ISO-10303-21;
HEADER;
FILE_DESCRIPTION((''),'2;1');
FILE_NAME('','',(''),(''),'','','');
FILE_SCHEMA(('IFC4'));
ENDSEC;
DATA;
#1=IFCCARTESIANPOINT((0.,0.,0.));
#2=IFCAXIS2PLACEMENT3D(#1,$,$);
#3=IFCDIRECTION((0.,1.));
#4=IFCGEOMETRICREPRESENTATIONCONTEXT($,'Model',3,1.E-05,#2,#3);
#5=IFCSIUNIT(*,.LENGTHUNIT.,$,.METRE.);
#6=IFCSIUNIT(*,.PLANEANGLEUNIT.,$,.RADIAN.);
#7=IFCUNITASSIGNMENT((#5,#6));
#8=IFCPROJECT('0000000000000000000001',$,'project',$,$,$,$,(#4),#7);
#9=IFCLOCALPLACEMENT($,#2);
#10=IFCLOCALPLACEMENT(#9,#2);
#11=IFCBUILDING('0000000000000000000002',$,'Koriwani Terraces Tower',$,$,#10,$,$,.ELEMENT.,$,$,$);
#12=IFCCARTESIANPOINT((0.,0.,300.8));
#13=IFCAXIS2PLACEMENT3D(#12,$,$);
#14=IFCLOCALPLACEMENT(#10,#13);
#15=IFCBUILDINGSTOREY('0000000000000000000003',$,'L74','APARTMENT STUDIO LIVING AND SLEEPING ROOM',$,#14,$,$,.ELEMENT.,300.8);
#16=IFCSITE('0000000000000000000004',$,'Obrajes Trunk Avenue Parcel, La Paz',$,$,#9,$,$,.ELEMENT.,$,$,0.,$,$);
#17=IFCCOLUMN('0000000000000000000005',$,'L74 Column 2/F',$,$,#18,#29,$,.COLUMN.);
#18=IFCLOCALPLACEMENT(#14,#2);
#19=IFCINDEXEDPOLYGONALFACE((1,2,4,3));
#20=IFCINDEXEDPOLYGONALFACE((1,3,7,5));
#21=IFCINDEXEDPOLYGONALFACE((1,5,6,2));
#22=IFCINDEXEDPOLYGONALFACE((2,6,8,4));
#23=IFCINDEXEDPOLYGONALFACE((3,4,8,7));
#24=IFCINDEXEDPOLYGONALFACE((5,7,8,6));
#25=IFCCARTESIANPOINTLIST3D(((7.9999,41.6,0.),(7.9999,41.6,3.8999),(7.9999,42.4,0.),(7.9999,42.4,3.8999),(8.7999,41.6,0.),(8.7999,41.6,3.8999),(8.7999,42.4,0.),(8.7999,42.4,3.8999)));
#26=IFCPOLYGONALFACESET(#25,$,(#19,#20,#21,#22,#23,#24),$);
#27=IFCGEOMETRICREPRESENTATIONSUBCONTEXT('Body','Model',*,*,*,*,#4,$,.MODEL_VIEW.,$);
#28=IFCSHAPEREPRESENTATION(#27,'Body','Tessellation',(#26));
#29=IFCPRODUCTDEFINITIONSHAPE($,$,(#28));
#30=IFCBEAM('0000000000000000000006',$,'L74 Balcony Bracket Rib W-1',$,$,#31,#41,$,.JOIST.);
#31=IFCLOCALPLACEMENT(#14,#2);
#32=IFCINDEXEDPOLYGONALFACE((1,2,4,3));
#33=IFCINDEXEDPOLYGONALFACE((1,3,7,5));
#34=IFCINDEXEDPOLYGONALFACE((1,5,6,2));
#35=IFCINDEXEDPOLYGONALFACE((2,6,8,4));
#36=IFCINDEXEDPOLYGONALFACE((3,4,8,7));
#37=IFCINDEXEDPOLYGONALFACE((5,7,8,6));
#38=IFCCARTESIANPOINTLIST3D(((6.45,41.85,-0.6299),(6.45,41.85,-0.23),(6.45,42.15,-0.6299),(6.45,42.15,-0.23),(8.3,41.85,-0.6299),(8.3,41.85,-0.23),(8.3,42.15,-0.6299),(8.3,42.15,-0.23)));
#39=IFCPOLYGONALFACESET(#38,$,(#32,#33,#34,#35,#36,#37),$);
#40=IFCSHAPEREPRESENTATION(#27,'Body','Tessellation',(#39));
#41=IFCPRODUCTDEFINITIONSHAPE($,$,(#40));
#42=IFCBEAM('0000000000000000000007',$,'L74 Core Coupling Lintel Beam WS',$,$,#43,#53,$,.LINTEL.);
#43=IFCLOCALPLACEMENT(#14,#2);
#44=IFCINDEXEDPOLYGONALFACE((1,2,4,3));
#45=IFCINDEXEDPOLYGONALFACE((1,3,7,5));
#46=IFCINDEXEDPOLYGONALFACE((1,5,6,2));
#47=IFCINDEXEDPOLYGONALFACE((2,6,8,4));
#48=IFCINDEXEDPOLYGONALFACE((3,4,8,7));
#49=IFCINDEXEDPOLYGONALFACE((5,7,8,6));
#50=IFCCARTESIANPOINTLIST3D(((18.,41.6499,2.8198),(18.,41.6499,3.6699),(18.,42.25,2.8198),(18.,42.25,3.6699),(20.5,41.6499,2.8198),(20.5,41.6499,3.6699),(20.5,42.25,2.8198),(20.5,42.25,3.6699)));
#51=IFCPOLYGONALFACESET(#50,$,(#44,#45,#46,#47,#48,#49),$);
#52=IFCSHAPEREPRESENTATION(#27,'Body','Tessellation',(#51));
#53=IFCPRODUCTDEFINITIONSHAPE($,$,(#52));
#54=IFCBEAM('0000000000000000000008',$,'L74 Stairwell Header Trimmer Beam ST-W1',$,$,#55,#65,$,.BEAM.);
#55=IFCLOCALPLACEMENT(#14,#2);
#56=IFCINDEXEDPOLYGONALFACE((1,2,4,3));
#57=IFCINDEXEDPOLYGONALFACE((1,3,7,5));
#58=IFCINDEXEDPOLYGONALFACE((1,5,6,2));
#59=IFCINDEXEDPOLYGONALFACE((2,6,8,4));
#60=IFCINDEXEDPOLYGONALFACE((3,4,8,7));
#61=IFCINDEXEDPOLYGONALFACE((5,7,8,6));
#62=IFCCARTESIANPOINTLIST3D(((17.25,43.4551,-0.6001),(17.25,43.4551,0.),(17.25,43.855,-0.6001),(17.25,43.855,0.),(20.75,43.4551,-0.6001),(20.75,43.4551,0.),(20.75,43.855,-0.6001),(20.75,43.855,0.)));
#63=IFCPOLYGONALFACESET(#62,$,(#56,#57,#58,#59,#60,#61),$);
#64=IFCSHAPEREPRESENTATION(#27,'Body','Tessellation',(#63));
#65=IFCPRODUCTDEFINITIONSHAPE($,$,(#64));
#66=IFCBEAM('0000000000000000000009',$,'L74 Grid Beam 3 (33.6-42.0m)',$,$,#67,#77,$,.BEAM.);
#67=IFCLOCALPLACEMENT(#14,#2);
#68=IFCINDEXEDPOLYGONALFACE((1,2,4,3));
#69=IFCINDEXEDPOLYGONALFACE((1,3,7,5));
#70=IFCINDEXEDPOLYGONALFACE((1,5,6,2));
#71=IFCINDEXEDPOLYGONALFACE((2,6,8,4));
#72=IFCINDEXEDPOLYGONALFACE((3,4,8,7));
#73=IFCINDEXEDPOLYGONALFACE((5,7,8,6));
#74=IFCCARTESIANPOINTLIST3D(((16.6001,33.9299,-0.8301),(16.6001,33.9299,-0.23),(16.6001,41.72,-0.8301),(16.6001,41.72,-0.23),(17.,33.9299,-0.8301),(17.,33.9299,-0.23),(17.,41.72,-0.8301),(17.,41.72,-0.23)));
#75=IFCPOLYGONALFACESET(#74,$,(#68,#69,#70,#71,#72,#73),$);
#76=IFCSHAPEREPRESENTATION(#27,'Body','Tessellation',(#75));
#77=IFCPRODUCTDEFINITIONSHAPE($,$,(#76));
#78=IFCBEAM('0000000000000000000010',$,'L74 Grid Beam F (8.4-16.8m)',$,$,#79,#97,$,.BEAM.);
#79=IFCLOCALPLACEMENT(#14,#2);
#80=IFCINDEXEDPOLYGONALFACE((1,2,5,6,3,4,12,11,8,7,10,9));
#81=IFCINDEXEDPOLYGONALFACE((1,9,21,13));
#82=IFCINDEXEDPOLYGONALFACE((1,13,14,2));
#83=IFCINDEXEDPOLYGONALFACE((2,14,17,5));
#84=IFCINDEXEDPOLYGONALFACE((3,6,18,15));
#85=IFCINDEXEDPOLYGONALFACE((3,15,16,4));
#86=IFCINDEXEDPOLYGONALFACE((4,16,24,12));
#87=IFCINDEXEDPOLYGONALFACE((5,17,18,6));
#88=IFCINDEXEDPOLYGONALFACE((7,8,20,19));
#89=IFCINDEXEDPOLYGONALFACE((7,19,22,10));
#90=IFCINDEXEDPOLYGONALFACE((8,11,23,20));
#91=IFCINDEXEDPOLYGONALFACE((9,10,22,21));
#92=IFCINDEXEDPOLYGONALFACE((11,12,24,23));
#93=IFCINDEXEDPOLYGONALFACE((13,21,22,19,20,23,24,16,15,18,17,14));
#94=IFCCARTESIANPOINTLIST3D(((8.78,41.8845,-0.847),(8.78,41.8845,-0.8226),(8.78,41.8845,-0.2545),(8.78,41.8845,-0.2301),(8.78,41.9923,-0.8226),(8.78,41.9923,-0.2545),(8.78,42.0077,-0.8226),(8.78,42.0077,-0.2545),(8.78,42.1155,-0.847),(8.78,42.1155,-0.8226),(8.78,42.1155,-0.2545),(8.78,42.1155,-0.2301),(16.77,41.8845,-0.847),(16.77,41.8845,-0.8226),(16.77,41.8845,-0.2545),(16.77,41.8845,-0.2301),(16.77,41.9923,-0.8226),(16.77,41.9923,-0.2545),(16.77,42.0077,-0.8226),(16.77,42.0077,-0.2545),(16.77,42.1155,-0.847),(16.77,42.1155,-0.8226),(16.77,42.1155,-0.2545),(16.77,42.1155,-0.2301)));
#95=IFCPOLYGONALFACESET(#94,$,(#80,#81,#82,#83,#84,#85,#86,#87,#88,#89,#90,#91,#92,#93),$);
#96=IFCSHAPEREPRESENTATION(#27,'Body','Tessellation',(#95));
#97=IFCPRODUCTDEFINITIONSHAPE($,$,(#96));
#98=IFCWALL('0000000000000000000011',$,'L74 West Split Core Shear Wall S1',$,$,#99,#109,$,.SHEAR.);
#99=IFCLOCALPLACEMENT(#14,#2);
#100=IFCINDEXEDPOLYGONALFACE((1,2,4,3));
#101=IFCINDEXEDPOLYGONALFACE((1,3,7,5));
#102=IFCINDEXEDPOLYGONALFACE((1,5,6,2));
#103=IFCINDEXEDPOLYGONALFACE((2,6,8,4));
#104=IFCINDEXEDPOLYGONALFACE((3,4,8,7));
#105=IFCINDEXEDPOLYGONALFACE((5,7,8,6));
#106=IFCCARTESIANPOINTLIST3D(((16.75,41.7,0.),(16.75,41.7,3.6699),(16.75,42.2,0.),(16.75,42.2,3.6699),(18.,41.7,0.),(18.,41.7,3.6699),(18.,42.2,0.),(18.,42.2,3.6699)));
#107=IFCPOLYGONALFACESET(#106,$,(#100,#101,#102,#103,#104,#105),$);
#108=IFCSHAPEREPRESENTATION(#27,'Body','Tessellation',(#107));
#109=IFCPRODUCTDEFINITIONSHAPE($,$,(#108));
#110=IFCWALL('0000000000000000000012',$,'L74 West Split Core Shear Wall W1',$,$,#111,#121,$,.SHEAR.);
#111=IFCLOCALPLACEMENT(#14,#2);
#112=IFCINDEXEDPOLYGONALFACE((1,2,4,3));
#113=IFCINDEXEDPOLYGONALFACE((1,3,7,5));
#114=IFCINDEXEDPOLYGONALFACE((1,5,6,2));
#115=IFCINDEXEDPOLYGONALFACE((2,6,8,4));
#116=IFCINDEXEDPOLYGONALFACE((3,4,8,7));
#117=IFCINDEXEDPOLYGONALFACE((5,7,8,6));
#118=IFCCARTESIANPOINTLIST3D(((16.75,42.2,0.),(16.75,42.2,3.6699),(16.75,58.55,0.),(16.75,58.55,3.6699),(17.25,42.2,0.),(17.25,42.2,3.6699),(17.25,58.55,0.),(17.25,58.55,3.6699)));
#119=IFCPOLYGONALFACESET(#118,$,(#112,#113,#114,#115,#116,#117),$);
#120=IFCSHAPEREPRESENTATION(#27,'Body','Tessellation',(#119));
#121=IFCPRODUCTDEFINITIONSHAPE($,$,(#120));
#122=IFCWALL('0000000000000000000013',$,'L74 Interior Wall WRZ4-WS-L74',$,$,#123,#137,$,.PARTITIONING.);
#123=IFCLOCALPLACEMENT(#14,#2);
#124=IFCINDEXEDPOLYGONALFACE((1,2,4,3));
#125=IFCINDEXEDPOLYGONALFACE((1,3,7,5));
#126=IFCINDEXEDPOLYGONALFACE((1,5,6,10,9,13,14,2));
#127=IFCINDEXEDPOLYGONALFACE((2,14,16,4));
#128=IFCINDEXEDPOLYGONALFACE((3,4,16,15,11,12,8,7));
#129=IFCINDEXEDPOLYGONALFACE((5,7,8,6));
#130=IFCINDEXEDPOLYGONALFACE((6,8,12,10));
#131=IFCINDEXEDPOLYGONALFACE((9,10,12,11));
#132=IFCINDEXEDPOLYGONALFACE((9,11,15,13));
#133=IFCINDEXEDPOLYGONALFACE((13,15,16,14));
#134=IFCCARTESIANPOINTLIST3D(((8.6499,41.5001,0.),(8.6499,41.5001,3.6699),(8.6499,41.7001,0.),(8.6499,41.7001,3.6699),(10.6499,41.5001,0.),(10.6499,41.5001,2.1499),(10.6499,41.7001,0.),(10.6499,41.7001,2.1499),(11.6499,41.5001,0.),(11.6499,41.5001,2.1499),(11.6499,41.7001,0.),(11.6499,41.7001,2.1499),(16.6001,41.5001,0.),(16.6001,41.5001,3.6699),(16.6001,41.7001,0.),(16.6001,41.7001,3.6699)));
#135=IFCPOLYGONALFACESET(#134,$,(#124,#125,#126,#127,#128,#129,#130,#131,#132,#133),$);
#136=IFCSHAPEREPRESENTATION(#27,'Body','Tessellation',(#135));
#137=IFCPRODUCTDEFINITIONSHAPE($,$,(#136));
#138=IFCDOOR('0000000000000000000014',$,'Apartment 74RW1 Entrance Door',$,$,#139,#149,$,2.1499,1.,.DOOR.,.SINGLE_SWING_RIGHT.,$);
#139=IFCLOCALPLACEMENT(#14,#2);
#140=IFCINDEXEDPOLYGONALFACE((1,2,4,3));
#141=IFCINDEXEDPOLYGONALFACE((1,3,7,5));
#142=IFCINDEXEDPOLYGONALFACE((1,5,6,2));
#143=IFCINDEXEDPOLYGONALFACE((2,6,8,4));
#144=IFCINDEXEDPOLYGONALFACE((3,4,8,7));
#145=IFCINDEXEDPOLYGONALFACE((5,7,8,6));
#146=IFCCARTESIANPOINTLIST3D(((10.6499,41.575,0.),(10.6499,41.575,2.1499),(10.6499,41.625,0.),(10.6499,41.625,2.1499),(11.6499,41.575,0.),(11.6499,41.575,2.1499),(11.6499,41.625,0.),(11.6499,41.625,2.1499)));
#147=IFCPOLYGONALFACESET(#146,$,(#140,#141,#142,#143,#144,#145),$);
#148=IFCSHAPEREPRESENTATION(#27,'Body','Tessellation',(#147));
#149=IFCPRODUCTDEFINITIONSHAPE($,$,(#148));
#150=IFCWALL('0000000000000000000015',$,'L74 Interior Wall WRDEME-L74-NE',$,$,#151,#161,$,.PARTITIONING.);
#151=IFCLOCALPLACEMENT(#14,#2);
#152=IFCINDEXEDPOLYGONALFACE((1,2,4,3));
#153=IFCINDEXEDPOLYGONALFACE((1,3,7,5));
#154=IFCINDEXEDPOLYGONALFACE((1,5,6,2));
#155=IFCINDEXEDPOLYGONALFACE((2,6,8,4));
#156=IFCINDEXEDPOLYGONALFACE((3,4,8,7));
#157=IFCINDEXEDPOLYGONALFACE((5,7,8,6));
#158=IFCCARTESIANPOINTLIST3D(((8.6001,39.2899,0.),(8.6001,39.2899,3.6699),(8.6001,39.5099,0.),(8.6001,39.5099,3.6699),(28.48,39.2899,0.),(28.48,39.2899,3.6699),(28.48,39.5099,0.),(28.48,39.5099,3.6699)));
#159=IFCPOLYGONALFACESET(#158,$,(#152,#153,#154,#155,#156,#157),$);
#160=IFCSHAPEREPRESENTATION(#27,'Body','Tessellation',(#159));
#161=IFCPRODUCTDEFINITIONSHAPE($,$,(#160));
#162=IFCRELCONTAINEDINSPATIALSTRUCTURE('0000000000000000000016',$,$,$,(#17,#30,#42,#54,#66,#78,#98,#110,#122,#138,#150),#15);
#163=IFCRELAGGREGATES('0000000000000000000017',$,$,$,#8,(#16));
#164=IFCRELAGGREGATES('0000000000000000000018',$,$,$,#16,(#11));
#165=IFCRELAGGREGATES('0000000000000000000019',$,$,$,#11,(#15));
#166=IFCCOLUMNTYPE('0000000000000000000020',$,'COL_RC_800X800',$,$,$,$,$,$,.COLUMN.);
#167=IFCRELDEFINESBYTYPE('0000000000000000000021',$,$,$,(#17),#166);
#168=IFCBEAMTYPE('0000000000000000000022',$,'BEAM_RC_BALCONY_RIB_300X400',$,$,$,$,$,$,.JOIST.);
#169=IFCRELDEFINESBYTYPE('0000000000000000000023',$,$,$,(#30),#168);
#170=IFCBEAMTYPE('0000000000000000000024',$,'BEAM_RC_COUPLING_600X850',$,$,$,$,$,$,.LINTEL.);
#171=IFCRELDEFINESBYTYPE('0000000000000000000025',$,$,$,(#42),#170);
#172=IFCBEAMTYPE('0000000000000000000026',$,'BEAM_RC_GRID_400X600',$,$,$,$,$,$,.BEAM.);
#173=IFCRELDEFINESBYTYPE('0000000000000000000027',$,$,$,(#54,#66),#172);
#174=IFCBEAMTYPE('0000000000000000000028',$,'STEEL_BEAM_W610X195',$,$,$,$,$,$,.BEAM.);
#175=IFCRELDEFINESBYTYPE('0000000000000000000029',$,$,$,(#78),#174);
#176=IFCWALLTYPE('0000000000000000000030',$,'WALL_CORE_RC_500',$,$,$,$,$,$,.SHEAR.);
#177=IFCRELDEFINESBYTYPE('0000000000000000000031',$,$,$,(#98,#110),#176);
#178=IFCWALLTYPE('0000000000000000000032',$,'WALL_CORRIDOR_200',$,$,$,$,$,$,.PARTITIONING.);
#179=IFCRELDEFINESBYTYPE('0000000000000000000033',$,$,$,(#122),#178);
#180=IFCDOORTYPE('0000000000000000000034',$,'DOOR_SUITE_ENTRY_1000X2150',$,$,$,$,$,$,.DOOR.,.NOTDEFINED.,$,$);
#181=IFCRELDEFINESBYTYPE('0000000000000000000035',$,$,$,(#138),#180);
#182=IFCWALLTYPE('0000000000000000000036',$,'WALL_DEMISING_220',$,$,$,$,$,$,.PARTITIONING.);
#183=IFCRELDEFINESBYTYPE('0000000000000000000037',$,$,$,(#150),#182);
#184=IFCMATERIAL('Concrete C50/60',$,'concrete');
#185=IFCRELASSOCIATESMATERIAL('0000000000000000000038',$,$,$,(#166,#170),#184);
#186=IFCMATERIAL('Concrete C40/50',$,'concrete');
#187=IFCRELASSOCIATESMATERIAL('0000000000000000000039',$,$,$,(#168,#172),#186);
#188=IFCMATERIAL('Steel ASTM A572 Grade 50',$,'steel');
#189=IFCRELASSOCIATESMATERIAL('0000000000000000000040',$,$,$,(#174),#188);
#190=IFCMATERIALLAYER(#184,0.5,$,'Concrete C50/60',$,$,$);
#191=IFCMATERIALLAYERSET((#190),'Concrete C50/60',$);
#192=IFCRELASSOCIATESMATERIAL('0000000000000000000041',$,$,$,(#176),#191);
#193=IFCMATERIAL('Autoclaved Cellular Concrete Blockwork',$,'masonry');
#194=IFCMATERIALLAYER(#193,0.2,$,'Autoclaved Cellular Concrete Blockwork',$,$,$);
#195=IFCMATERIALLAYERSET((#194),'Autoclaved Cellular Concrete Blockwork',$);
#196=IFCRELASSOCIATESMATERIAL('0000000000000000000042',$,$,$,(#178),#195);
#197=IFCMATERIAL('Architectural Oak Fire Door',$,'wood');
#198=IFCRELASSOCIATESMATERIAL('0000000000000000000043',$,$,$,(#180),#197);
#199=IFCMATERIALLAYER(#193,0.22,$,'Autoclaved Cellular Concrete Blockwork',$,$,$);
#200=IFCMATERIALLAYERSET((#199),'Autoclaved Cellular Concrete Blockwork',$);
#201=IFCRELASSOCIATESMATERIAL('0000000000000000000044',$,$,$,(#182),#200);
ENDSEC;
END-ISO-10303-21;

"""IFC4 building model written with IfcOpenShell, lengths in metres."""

from ifc_helpers import new_model, si_unit, direction, frame, frame_2d, origin, origin_2d, place, context, subcontext, project, spatial, rectangle, i_section, extrude, material, layer, layer_set, material_profile, profile_set, type_object, element, fill, save


model = new_model("IFC4")

# Units and contexts
model_context = context("Model", 3, precision=1e-05, world=origin(), true_north=direction((0.0, 1.0)))
body_context = subcontext(model_context, "Body", "Model", "MODEL_VIEW")
ifc_project = project(units=[si_unit("LENGTHUNIT", "METRE"), si_unit("PLANEANGLEUNIT", "RADIAN")], contexts=[model_context])

# Site, building, storey
site_placement = place(None, origin())
site = spatial("IfcSite", under=ifc_project, at=site_placement, Name="Obrajes Trunk Avenue Parcel, La Paz", CompositionType="ELEMENT", RefElevation=0.0)
building_placement = place(site_placement, origin())
building = spatial("IfcBuilding", under=site, at=building_placement, Name="Koriwani Terraces Tower", CompositionType="ELEMENT")
storey_placement = place(building_placement, frame((0.0, 0.0, 300.8)))
storey = spatial("IfcBuildingStorey", under=building, at=storey_placement, Name="L74", Description="APARTMENT STUDIO LIVING AND SLEEPING ROOM", CompositionType="ELEMENT", Elevation=300.8)

# Column
ifc_material_1 = material(Name="Concrete C50/60", Category="concrete")
ifc_material_profile_1 = material_profile(ifc_material_1, rectangle(XDim=0.8, YDim=0.8, at=origin_2d()), Name="Concrete C50/60", Category="LoadBearing")
ifc_profile_set_1 = profile_set([ifc_material_profile_1], Name="Concrete C50/60")
column_type = type_object("IfcColumnType", Name="COL_RC_800X800", PredefinedType="COLUMN", material=ifc_profile_set_1)
column_placement = place(storey_placement, frame((8.3999, 42.0, 0.0), z_axis=(0.0, 0.0, 1.0), x_axis=(1.0, 0.0, 0.0)))
element("IfcColumn", 1, at=column_placement, inside=storey, type_object=column_type, Name="L74 Column 2/F", PredefinedType="COLUMN", context=body_context, shape_type="SweptSolid", body=[
    extrude(rectangle(XDim=0.8, YDim=0.8, at=origin_2d()), origin(), (0.0, 0.0, 1.0), 3.8999),
])

# Beams
ifc_material_2 = material(Name="Concrete C40/50", Category="concrete")
ifc_material_profile_2 = material_profile(ifc_material_2, rectangle(XDim=0.3, YDim=0.3999, at=origin_2d()), Name="Concrete C40/50", Category="LoadBearing")
ifc_profile_set_2 = profile_set([ifc_material_profile_2], Name="Concrete C40/50")
beam_type_1 = type_object("IfcBeamType", Name="BEAM_RC_BALCONY_RIB_300X400", PredefinedType="JOIST", material=ifc_profile_set_2)
beam_1_placement = place(storey_placement, frame((6.45, 42.0, -0.4299), z_axis=(1.0, 0.0, 0.0), x_axis=(0.0, 1.0, 0.0)))
element("IfcBeam", 2, at=beam_1_placement, inside=storey, type_object=beam_type_1, Name="L74 Balcony Bracket Rib W-1", PredefinedType="JOIST", context=body_context, shape_type="SweptSolid", body=[
    extrude(rectangle(XDim=0.3, YDim=0.3999, at=origin_2d()), origin(), (0.0, 0.0, 1.0), 1.8501),
])
ifc_material_profile_3 = material_profile(ifc_material_1, rectangle(XDim=0.6001, YDim=0.8501, at=origin_2d()), Name="Concrete C50/60", Category="LoadBearing")
ifc_profile_set_3 = profile_set([ifc_material_profile_3], Name="Concrete C50/60")
beam_type_2 = type_object("IfcBeamType", Name="BEAM_RC_COUPLING_600X850", PredefinedType="LINTEL", material=ifc_profile_set_3)
beam_2_placement = place(storey_placement, frame((18.0, 41.95, 3.2449), z_axis=(1.0, 0.0, 0.0), x_axis=(0.0, 1.0, 0.0)))
element("IfcBeam", 3, at=beam_2_placement, inside=storey, type_object=beam_type_2, Name="L74 Core Coupling Lintel Beam WS", PredefinedType="LINTEL", context=body_context, shape_type="SweptSolid", body=[
    extrude(rectangle(XDim=0.6001, YDim=0.8501, at=origin_2d()), origin(), (0.0, 0.0, 1.0), 2.5),
])
ifc_material_profile_4 = material_profile(ifc_material_2, rectangle(XDim=0.3999, YDim=0.6001, at=origin_2d()), Name="Concrete C40/50", Category="LoadBearing")
ifc_profile_set_4 = profile_set([ifc_material_profile_4], Name="Concrete C40/50")
beam_type_3 = type_object("IfcBeamType", Name="BEAM_RC_GRID_400X600", PredefinedType="BEAM", material=ifc_profile_set_4)
beam_3_placement = place(storey_placement, frame((17.25, 43.655, -0.3), z_axis=(1.0, 0.0, 0.0), x_axis=(0.0, 1.0, 0.0)))
element("IfcBeam", 4, at=beam_3_placement, inside=storey, type_object=beam_type_3, Name="L74 Stairwell Header Trimmer Beam ST-W1", PredefinedType="BEAM", context=body_context, shape_type="SweptSolid", body=[
    extrude(rectangle(XDim=0.3999, YDim=0.6001, at=origin_2d()), origin(), (0.0, 0.0, 1.0), 3.5),
])
beam_4_placement = place(storey_placement, frame((16.8, 33.9299, -0.53), z_axis=(0.0, 1.0, 0.0), x_axis=(-1.0, 0.0, 0.0)))
element("IfcBeam", 5, at=beam_4_placement, inside=storey, type_object=beam_type_3, Name="L74 Grid Beam 3 (33.6-42.0m)", PredefinedType="BEAM", context=body_context, shape_type="SweptSolid", body=[
    extrude(rectangle(XDim=0.3999, YDim=0.6001, at=origin_2d()), origin(), (0.0, 0.0, 1.0), 7.79),
])
ifc_material_3 = material(Name="Steel ASTM A572 Grade 50", Category="steel")
ifc_material_profile_5 = material_profile(ifc_material_3, i_section(OverallWidth=0.231, OverallDepth=0.6169, WebThickness=0.0154, FlangeThickness=0.0244, at=origin_2d()), Name="Steel ASTM A572 Grade 50", Category="LoadBearing")
ifc_profile_set_5 = profile_set([ifc_material_profile_5], Name="Steel ASTM A572 Grade 50")
beam_type_4 = type_object("IfcBeamType", Name="STEEL_BEAM_W610X195", PredefinedType="BEAM", material=ifc_profile_set_5)
beam_5_placement = place(storey_placement, frame((8.78, 42.0, -0.5386), z_axis=(1.0, 0.0, 0.0), x_axis=(0.0, 1.0, 0.0)))
element("IfcBeam", 6, at=beam_5_placement, inside=storey, type_object=beam_type_4, Name="L74 Grid Beam F (8.4-16.8m)", PredefinedType="BEAM", context=body_context, shape_type="SweptSolid", body=[
    extrude(i_section(OverallWidth=0.231, OverallDepth=0.6169, WebThickness=0.0154, FlangeThickness=0.0244, at=origin_2d()), origin(), (0.0, 0.0, 1.0), 7.99),
])

# Walls
ifc_layer_1 = layer(ifc_material_1, 0.5, Name="Concrete C50/60")
ifc_layer_set_1 = layer_set([ifc_layer_1], Name="Concrete C50/60")
wall_type_1 = type_object("IfcWallType", Name="WALL_CORE_RC_500", PredefinedType="SHEAR", material=ifc_layer_set_1)
wall_1_placement = place(storey_placement, frame((16.75, 41.95, 0.0), z_axis=(0.0, 0.0, 1.0), x_axis=(1.0, 0.0, 0.0)))
element("IfcWall", 7, at=wall_1_placement, inside=storey, type_object=wall_type_1, Name="L74 West Split Core Shear Wall S1", PredefinedType="SHEAR", context=body_context, shape_type="SweptSolid", body=[
    extrude(rectangle(XDim=1.25, YDim=0.5, at=frame_2d((0.625, 0.0))), origin(), (0.0, 0.0, 1.0), 3.6699),
])
wall_2_placement = place(storey_placement, frame((17.0, 42.2, 0.0), z_axis=(0.0, 0.0, 1.0), x_axis=(0.0, 1.0, 0.0)))
element("IfcWall", 8, at=wall_2_placement, inside=storey, type_object=wall_type_1, Name="L74 West Split Core Shear Wall W1", PredefinedType="SHEAR", context=body_context, shape_type="SweptSolid", body=[
    extrude(rectangle(XDim=16.3501, YDim=0.5, at=frame_2d((8.175, 0.0))), origin(), (0.0, 0.0, 1.0), 3.6699),
])

# Wall, opening, door
ifc_material_4 = material(Name="Autoclaved Cellular Concrete Blockwork", Category="masonry")
ifc_layer_2 = layer(ifc_material_4, 0.2, Name="Autoclaved Cellular Concrete Blockwork")
ifc_layer_set_2 = layer_set([ifc_layer_2], Name="Autoclaved Cellular Concrete Blockwork")
wall_type_2 = type_object("IfcWallType", Name="WALL_CORRIDOR_200", PredefinedType="PARTITIONING", material=ifc_layer_set_2)
wall_3_placement = place(storey_placement, frame((8.6499, 41.6001, 0.0), z_axis=(0.0, 0.0, 1.0), x_axis=(1.0, 0.0, 0.0)))
wall_3 = element("IfcWall", 9, at=wall_3_placement, inside=storey, type_object=wall_type_2, Name="L74 Interior Wall WRZ4-WS-L74", PredefinedType="PARTITIONING", context=body_context, shape_type="SweptSolid", body=[
    extrude(rectangle(XDim=7.9502, YDim=0.2, at=frame_2d((3.9751, 0.0))), origin(), (0.0, 0.0, 1.0), 3.6699),
])
opening_1_placement = place(wall_3_placement, frame((2.0, 0.0, 0.0)))
opening_1 = element("IfcOpeningElement", 10, at=opening_1_placement, cuts=wall_3, PredefinedType="OPENING", context=body_context, shape_type="SweptSolid", body=[
    extrude(rectangle(XDim=1.0, YDim=2.1499, at=frame_2d((0.5, 1.075))), frame((0.0, 0.1099, 0.0), z_axis=(0.0, -1.0, 0.0), x_axis=(1.0, 0.0, 0.0)), (0.0, 0.0, 1.0), 0.22),
])
ifc_material_5 = material(Name="Architectural Oak Fire Door", Category="wood")
door_type_1 = type_object("IfcDoorType", Name="DOOR_SUITE_ENTRY_1000X2150", OperationType="NOTDEFINED", PredefinedType="DOOR", material=ifc_material_5)
door_1_placement = place(opening_1_placement, origin())
door_1 = element("IfcDoor", 11, at=door_1_placement, inside=storey, type_object=door_type_1, Name="Apartment 74RW1 Entrance Door", OperationType="SINGLE_SWING_RIGHT", OverallHeight=2.1499, OverallWidth=1.0, PredefinedType="DOOR", context=body_context, shape_type="SweptSolid", body=[
    extrude(rectangle(XDim=1.0, YDim=2.1499, at=frame_2d((0.5, 1.075))), frame((0.0, 0.0249, 0.0), z_axis=(0.0, -1.0, 0.0), x_axis=(1.0, 0.0, 0.0)), (0.0, 0.0, 1.0), 0.05),
])
fill(opening_1, door_1)

# Wall
ifc_layer_3 = layer(ifc_material_4, 0.22, Name="Autoclaved Cellular Concrete Blockwork")
ifc_layer_set_3 = layer_set([ifc_layer_3], Name="Autoclaved Cellular Concrete Blockwork")
wall_type_3 = type_object("IfcWallType", Name="WALL_DEMISING_220", PredefinedType="PARTITIONING", material=ifc_layer_set_3)
wall_4_placement = place(storey_placement, frame((8.6001, 39.3999, 0.0), z_axis=(0.0, 0.0, 1.0), x_axis=(1.0, 0.0, 0.0)))
element("IfcWall", 12, at=wall_4_placement, inside=storey, type_object=wall_type_3, Name="L74 Interior Wall WRDEME-L74-NE", PredefinedType="PARTITIONING", context=body_context, shape_type="SweptSolid", body=[
    extrude(rectangle(XDim=19.8799, YDim=0.22, at=frame_2d((9.9399, 0.0))), origin(), (0.0, 0.0, 1.0), 3.6699),
])

save(model, "model.ifc")
